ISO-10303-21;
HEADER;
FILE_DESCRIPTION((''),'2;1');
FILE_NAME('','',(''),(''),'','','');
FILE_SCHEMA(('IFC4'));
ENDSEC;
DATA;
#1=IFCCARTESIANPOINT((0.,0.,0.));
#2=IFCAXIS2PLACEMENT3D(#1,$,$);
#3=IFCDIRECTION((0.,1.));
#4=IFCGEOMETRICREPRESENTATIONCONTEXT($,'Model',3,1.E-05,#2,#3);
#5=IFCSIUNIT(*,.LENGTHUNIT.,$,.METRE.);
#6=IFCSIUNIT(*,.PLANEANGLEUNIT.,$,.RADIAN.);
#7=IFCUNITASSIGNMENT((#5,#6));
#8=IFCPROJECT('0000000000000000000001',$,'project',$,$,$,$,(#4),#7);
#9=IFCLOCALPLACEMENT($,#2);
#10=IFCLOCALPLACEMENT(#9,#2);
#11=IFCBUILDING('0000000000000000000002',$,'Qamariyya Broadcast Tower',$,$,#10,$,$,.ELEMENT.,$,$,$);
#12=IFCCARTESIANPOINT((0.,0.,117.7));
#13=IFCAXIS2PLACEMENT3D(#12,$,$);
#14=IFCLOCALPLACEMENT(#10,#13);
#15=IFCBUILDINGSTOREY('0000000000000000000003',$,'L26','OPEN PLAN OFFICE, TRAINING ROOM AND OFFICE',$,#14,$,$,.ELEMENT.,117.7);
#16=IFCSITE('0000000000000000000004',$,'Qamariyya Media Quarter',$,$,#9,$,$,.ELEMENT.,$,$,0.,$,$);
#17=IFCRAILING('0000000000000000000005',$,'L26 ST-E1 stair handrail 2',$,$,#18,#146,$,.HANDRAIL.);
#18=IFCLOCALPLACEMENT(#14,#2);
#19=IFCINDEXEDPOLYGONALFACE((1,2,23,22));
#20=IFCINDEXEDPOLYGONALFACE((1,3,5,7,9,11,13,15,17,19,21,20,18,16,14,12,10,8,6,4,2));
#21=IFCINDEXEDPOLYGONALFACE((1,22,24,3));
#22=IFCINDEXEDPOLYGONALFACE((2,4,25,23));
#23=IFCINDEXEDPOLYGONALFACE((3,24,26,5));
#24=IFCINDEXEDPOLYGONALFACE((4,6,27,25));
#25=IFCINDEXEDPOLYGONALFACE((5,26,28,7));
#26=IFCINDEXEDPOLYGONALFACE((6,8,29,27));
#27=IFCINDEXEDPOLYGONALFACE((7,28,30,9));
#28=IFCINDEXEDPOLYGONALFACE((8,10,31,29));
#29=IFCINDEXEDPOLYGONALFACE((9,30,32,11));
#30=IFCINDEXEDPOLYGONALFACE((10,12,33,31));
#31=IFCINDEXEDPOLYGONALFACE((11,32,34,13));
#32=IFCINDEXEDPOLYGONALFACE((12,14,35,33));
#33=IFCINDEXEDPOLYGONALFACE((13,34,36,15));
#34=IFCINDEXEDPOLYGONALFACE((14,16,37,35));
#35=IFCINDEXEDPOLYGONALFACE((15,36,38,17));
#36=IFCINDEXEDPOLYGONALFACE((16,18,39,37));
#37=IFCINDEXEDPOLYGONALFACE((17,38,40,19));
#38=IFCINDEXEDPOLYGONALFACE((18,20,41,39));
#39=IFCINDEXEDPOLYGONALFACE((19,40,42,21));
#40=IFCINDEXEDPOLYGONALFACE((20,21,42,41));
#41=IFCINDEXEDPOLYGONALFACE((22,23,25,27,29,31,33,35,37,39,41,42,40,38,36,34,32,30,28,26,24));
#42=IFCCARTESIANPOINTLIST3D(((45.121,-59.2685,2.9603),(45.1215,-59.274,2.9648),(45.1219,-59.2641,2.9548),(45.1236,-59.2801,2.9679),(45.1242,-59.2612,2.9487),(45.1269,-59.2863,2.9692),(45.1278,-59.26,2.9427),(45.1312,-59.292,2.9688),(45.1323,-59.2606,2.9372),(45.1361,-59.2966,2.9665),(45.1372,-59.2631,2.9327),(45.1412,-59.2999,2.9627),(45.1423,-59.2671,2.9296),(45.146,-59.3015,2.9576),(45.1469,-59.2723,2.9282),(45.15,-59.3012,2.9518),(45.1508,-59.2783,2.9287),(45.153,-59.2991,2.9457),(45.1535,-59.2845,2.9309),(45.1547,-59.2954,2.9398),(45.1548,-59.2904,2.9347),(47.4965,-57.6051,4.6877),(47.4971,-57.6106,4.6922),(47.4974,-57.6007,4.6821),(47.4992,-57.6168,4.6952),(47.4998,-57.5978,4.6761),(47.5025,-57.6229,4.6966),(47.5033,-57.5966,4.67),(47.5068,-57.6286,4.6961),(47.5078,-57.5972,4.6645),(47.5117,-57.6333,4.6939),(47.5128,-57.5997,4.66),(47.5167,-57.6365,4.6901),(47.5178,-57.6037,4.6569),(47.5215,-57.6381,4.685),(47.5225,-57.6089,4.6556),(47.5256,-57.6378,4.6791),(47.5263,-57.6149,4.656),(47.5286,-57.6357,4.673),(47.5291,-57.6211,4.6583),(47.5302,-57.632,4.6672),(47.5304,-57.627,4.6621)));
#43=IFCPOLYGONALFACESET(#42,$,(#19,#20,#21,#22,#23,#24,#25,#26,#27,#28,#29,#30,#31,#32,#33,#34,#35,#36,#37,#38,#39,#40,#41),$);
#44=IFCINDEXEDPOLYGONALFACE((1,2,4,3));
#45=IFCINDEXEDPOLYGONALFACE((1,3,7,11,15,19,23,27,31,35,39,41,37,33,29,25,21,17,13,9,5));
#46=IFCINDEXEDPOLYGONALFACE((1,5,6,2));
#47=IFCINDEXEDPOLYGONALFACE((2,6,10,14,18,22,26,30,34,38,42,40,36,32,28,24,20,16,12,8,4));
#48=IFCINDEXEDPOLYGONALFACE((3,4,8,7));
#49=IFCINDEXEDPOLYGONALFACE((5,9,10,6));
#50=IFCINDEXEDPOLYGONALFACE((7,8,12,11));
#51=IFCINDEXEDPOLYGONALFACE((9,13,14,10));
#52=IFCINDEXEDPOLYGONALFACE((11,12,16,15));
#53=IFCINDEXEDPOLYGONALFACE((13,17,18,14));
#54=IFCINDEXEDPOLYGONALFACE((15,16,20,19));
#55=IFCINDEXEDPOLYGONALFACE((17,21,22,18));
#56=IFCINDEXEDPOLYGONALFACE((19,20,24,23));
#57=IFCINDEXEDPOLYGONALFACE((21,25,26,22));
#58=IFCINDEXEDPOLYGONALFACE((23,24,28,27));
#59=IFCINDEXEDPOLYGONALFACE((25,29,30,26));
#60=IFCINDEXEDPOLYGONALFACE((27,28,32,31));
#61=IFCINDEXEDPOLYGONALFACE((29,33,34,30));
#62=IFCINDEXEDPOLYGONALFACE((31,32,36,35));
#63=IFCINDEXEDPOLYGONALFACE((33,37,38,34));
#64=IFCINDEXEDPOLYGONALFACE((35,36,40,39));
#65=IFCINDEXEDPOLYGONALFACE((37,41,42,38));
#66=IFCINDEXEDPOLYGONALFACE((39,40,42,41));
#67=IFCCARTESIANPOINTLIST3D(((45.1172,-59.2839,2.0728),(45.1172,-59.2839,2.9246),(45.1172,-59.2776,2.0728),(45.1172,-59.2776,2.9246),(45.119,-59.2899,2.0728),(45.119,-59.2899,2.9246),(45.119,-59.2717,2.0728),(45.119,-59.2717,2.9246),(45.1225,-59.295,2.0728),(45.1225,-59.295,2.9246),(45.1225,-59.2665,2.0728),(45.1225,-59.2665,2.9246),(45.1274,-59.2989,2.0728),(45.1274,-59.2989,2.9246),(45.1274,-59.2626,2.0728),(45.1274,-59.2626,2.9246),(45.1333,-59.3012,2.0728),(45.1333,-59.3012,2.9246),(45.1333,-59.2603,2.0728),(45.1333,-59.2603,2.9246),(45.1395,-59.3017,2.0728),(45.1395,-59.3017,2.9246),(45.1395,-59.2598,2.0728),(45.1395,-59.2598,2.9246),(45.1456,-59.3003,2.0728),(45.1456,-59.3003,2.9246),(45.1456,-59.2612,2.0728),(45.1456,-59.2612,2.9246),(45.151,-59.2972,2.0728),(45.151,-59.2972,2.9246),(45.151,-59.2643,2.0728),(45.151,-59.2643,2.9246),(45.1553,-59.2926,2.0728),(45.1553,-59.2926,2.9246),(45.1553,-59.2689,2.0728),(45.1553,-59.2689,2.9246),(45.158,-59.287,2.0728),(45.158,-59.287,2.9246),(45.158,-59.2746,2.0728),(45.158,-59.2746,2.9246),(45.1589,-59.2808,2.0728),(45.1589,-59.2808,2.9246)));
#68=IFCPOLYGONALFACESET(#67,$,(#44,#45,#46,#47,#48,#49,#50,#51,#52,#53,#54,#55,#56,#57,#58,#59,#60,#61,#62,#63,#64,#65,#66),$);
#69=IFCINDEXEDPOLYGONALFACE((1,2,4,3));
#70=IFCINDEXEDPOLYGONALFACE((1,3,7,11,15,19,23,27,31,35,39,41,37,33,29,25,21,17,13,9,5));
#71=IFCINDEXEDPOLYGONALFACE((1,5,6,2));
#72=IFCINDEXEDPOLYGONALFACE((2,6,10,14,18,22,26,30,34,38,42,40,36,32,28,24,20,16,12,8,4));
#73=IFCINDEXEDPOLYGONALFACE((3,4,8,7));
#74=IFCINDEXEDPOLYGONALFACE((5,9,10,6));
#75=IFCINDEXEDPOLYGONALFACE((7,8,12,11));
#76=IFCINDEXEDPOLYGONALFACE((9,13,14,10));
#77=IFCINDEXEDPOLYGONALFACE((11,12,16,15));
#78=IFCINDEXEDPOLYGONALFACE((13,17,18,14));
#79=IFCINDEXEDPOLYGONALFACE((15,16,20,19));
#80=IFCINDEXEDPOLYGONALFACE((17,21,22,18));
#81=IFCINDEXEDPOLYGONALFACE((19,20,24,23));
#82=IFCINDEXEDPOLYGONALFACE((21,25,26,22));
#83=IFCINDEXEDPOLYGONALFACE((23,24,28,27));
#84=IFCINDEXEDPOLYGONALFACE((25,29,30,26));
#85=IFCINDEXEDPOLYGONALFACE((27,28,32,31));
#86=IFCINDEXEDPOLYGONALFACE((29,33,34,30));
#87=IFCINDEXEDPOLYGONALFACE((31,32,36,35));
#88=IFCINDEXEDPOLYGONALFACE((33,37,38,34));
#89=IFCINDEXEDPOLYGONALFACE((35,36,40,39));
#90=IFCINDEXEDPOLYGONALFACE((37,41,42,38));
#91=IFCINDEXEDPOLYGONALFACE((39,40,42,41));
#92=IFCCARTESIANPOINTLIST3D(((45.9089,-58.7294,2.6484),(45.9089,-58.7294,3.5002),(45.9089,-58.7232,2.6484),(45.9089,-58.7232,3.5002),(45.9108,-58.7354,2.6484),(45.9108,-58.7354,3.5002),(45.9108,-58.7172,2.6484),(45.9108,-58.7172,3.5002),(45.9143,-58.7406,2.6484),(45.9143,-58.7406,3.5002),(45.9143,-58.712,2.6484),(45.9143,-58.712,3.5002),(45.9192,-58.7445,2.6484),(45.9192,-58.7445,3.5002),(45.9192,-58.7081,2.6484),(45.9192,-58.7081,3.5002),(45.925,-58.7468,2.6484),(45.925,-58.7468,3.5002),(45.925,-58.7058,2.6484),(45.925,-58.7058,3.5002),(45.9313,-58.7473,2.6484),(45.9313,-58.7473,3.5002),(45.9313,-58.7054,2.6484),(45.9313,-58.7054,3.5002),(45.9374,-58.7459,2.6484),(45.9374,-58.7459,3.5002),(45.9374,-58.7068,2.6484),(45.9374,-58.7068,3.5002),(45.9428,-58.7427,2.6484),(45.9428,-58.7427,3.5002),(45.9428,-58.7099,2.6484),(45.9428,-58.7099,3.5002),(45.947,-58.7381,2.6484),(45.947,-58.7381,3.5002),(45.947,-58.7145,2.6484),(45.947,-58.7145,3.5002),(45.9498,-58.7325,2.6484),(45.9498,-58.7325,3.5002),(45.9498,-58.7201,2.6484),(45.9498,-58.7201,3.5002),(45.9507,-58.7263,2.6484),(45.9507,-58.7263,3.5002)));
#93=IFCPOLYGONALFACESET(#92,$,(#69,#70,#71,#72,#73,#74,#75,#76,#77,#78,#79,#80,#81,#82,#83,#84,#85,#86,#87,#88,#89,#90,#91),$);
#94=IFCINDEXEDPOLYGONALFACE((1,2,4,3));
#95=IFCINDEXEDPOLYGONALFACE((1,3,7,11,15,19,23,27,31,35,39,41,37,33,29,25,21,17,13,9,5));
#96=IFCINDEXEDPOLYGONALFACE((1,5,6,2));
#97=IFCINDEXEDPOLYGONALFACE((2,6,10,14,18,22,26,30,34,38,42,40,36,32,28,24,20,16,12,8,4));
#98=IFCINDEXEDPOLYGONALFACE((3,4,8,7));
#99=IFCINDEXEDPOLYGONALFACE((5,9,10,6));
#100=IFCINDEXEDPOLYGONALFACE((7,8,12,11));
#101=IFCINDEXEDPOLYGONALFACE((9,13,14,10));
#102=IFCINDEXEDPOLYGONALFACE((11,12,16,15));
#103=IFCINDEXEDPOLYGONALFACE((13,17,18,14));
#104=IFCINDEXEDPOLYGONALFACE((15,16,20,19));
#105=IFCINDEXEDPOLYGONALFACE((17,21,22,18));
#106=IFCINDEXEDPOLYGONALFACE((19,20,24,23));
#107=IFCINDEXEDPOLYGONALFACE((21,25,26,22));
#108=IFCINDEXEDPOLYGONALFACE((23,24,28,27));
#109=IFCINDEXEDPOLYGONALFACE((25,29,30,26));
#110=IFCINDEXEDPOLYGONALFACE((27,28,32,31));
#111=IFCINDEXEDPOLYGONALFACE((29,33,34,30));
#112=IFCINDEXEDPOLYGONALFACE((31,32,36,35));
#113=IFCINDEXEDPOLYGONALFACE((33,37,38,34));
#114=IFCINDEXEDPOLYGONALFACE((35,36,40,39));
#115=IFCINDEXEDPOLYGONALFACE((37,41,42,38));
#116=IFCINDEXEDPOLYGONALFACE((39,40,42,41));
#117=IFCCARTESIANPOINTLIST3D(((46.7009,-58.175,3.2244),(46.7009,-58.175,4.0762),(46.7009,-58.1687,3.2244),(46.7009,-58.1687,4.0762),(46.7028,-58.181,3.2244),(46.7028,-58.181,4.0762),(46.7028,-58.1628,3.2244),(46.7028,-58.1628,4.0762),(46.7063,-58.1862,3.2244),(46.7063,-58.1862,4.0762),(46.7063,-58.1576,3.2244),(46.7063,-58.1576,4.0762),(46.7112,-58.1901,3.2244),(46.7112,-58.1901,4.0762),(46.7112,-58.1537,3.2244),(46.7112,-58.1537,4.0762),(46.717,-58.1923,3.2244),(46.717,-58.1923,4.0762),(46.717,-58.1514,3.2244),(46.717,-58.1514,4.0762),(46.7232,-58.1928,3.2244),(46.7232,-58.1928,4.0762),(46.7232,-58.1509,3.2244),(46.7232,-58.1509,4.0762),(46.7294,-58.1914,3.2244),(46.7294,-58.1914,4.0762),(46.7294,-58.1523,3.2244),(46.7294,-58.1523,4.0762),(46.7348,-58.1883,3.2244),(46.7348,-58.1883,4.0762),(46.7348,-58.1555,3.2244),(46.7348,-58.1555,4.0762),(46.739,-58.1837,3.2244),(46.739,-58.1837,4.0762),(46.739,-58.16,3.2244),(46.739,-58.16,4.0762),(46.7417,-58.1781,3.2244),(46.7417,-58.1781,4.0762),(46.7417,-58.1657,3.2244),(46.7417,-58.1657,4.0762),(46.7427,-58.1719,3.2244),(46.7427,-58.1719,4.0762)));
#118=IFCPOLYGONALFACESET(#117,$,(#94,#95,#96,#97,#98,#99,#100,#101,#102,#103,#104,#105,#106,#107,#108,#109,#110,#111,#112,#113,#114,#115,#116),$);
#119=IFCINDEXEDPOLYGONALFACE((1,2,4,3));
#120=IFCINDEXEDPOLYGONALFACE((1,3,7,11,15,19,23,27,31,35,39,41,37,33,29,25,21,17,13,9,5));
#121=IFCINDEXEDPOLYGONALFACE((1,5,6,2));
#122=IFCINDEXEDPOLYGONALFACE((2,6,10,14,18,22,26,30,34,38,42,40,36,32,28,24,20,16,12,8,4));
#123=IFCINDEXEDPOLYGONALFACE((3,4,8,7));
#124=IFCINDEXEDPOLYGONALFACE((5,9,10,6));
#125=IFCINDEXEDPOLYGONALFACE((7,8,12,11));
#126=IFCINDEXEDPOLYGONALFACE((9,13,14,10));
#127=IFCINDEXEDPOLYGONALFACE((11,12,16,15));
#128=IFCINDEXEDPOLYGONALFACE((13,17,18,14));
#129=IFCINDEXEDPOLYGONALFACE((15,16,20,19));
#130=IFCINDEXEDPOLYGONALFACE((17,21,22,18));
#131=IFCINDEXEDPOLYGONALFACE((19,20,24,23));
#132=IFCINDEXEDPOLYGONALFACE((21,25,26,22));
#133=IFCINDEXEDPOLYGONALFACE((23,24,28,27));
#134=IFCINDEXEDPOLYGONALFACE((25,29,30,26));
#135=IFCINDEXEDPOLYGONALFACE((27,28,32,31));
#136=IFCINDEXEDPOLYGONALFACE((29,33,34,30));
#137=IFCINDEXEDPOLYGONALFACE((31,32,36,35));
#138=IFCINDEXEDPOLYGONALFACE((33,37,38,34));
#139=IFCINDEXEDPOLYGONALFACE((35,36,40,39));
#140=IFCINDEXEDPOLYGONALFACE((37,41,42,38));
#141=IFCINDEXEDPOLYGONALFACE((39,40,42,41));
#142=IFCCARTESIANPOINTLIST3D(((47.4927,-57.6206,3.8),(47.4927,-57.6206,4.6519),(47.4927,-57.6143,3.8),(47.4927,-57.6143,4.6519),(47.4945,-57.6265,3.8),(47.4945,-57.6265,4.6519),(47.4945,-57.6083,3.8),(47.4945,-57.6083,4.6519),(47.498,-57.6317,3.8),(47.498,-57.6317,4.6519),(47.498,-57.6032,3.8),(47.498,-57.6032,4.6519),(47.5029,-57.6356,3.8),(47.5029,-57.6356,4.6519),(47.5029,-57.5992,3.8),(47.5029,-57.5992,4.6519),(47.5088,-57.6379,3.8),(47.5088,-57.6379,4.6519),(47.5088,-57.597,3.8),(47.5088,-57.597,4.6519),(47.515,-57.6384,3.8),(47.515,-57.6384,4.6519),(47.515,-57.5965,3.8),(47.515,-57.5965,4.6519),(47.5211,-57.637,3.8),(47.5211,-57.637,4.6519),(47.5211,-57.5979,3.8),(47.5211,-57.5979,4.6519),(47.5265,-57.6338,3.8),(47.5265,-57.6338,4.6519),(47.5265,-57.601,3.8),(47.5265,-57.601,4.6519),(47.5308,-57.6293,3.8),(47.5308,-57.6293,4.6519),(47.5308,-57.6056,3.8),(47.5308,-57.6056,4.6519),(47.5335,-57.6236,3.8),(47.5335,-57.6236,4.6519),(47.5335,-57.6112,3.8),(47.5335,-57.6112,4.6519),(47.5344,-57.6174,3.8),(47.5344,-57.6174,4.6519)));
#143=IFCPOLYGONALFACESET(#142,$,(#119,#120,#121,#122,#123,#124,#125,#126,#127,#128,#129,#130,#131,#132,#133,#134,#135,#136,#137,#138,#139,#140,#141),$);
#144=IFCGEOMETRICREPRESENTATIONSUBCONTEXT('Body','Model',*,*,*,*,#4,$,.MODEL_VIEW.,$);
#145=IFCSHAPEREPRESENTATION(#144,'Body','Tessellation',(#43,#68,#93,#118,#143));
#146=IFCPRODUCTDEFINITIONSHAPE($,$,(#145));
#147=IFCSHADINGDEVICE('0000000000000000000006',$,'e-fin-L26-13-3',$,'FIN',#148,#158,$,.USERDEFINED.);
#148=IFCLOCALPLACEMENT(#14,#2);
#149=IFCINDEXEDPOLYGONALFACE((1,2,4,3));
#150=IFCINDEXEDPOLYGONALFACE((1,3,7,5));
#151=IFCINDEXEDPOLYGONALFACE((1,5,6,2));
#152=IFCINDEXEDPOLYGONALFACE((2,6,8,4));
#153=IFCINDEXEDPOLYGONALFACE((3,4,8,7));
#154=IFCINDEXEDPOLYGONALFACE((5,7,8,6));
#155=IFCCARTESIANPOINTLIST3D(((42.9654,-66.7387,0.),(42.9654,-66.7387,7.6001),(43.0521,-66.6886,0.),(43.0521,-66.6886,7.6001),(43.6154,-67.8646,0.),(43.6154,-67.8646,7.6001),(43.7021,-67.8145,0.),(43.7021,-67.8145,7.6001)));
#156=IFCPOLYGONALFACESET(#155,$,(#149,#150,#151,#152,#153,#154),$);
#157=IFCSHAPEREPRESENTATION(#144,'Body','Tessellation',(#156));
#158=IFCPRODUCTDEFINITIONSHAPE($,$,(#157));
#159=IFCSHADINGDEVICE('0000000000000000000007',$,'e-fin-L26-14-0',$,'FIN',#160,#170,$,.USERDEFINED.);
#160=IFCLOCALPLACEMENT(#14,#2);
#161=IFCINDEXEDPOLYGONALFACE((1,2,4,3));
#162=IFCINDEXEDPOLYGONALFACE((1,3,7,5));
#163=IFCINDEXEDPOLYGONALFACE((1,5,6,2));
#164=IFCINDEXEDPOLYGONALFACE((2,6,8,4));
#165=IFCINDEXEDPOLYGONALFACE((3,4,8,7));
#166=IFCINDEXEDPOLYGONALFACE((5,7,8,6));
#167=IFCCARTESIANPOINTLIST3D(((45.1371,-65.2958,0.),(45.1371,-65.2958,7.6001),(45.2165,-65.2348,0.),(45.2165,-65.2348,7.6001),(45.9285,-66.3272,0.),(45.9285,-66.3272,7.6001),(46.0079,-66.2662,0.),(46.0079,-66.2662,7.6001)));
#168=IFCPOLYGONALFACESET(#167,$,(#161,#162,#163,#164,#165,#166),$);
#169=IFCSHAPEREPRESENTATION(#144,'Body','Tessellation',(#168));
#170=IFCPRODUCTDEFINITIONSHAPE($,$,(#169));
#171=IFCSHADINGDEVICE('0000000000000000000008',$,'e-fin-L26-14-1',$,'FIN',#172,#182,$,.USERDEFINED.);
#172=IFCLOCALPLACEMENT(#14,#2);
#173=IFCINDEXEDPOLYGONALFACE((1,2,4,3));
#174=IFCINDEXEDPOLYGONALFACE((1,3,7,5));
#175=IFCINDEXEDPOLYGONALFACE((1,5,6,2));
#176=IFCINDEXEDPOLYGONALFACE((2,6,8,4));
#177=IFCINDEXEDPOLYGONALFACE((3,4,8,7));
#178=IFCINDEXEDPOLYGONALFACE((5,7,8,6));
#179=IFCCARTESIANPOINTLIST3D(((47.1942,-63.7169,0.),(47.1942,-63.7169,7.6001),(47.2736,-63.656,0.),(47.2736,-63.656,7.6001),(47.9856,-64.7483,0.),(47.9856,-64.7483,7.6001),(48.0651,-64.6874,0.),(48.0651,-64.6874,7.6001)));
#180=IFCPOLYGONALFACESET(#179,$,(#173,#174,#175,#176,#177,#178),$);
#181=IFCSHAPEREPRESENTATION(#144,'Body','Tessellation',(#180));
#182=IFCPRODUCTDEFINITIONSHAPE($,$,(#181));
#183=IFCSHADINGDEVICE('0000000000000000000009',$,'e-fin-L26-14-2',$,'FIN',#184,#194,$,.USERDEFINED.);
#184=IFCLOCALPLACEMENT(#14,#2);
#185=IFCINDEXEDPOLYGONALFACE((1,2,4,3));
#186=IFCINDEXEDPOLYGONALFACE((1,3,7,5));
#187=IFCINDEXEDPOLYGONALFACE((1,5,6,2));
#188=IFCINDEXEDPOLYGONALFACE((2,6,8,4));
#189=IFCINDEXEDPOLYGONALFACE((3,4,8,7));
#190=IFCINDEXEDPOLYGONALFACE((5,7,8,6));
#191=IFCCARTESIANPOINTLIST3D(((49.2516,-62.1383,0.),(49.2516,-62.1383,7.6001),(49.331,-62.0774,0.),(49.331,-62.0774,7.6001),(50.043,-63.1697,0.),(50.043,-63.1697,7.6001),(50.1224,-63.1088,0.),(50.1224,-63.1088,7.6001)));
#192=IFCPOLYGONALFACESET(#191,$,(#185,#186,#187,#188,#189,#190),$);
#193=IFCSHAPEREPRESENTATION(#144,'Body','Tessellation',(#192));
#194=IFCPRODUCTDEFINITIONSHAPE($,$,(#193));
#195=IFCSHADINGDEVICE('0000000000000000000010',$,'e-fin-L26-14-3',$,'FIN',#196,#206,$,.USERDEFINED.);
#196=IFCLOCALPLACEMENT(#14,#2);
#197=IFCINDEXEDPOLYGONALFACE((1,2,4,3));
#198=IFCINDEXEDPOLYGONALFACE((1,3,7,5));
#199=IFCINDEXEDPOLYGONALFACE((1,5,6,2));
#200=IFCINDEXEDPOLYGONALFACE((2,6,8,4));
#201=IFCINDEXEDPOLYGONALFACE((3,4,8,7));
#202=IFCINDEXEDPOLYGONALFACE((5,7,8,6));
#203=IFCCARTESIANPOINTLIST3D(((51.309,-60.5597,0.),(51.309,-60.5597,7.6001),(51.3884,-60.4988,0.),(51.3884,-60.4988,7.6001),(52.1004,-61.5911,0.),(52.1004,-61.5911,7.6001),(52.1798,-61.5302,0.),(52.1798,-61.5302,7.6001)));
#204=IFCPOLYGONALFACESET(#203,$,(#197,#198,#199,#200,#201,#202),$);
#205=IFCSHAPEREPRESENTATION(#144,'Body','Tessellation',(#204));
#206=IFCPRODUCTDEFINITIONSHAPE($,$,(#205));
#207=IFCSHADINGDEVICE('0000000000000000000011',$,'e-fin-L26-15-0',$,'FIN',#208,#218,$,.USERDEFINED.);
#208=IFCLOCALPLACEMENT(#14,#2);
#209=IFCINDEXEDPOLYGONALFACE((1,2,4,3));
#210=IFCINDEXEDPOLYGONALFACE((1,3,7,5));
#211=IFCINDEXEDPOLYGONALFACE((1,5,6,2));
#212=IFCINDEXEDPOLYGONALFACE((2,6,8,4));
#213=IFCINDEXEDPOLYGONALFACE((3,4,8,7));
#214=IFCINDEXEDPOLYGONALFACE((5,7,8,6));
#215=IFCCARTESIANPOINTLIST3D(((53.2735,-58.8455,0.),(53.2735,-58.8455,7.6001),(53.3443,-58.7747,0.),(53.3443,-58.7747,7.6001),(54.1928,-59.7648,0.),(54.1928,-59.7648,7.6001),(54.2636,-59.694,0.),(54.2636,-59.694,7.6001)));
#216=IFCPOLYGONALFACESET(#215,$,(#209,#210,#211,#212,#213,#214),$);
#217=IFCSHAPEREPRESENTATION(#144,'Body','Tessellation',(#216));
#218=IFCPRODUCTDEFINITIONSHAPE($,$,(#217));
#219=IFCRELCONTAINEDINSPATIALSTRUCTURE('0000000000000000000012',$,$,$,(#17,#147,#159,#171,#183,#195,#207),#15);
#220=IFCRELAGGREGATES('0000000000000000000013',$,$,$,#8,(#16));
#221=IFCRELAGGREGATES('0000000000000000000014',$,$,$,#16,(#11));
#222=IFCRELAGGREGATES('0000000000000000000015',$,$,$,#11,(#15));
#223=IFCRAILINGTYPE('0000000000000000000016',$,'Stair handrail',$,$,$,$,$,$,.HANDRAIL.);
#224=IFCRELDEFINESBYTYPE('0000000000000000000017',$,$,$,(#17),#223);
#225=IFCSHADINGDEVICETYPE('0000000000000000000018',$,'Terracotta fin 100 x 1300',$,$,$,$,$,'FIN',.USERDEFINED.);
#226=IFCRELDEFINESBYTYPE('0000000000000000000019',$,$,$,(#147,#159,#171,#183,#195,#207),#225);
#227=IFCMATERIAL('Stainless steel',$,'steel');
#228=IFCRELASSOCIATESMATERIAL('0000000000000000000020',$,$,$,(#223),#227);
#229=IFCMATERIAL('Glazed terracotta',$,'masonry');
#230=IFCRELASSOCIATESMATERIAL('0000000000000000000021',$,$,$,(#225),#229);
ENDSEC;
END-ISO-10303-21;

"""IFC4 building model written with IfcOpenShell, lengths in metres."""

from ifc_helpers import new_model, si_unit, direction, frame, origin, origin_2d, place, context, subcontext, project, spatial, rectangle, circle, extrude, material, material_profile, profile_set, type_object, element, save


model = new_model("IFC4")

# Units and contexts
model_context = context("Model", 3, precision=1e-05, world=origin(), true_north=direction((0.0, 1.0)))
body_context = subcontext(model_context, "Body", "Model", "MODEL_VIEW")
ifc_project = project(units=[si_unit("LENGTHUNIT", "METRE"), si_unit("PLANEANGLEUNIT", "RADIAN")], contexts=[model_context])

# Site, building, storey
site_placement = place(None, origin())
site = spatial("IfcSite", under=ifc_project, at=site_placement, Name="Qamariyya Media Quarter", CompositionType="ELEMENT", RefElevation=0.0)
building_placement = place(site_placement, origin())
building = spatial("IfcBuilding", under=site, at=building_placement, Name="Qamariyya Broadcast Tower", CompositionType="ELEMENT")
storey_placement = place(building_placement, frame((0.0, 0.0, 117.7)))
storey = spatial("IfcBuildingStorey", under=building, at=storey_placement, Name="L26", Description="OPEN PLAN OFFICE, TRAINING ROOM AND OFFICE", CompositionType="ELEMENT", Elevation=117.7)

# Railing
ifc_material_1 = material(Name="Stainless steel", Category="steel")
railing_type_1 = type_object("IfcRailingType", Name="Stair handrail", PredefinedType="HANDRAIL", material=ifc_material_1)
railing_1_placement = place(storey_placement, frame((45.1379, -59.2808, 2.0728)))
element("IfcRailing", 1, at=railing_1_placement, inside=storey, type_object=railing_type_1, Name="L26 ST-E1 stair handrail 2", PredefinedType="HANDRAIL", context=body_context, shape_type="SweptSolid", body=[
    extrude(circle(Radius=0.0239, at=origin_2d()), frame((0.0, 0.0, 0.876), z_axis=(0.70377, 0.492784, 0.511734), x_axis=(-0.573575, 0.819153, 0.0)), (0.0, 0.0, 1.0), 3.3755),
    extrude(circle(Radius=0.021, at=origin_2d()), origin(), (0.0, 0.0, 1.0), 0.8518),
    extrude(circle(Radius=0.021, at=origin_2d()), frame((0.7917, 0.5544, 0.5757)), (0.0, 0.0, 1.0), 0.8518),
    extrude(circle(Radius=0.021, at=origin_2d()), frame((1.5837, 1.1089, 1.1516)), (0.0, 0.0, 1.0), 0.8518),
    extrude(circle(Radius=0.021, at=origin_2d()), frame((2.3755, 1.6633, 1.7273)), (0.0, 0.0, 1.0), 0.8518),
])

# Shading devices
ifc_material_2 = material(Name="Glazed terracotta", Category="masonry")
ifc_material_profile_1 = material_profile(ifc_material_2, rectangle(XDim=1.3, YDim=0.1001, at=origin_2d()))
ifc_profile_set_1 = profile_set([ifc_material_profile_1], Name="Glazed terracotta")
shading_device_type_1 = type_object("IfcShadingDeviceType", Name="Terracotta fin 100 x 1300", ElementType="FIN", PredefinedType="USERDEFINED", material=ifc_profile_set_1)
for number, where, z_axis, x_axis, name in (
    (2, (43.3337, -67.2766, 0.0), (0.0, 0.0, 1.0), (0.5, -0.866025, 0.0), "e-fin-L26-13-3"),
    (3, (45.5725, -65.781, 0.0), (0.0, 0.0, 1.0), (0.608761, -0.793353, 0.0), "e-fin-L26-14-0"),
    (4, (47.6296, -64.2021, 0.0), (0.0, 0.0, 1.0), (0.608761, -0.793353, 0.0), "e-fin-L26-14-1"),
    (5, (49.687, -62.6235, 0.0), (0.0, 0.0, 1.0), (0.608761, -0.793353, 0.0), "e-fin-L26-14-2"),
    (6, (51.7444, -61.0449, 0.0), (0.0, 0.0, 1.0), (0.608761, -0.793353, 0.0), "e-fin-L26-14-3"),
    (7, (53.7686, -59.2698, 0.0), (0.0, 0.0, 1.0), (0.707107, -0.707107, 0.0), "e-fin-L26-15-0"),
):
    element("IfcShadingDevice", number, at=place(storey_placement, frame(where, z_axis=z_axis, x_axis=x_axis)), inside=storey, type_object=shading_device_type_1, Name=name, ObjectType="FIN", PredefinedType="USERDEFINED", context=body_context, shape_type="SweptSolid", body=[
        extrude(rectangle(XDim=1.3, YDim=0.1001, at=origin_2d()), origin(), (0.0, 0.0, 1.0), 7.6001),
    ])

save(model, "model.ifc")
